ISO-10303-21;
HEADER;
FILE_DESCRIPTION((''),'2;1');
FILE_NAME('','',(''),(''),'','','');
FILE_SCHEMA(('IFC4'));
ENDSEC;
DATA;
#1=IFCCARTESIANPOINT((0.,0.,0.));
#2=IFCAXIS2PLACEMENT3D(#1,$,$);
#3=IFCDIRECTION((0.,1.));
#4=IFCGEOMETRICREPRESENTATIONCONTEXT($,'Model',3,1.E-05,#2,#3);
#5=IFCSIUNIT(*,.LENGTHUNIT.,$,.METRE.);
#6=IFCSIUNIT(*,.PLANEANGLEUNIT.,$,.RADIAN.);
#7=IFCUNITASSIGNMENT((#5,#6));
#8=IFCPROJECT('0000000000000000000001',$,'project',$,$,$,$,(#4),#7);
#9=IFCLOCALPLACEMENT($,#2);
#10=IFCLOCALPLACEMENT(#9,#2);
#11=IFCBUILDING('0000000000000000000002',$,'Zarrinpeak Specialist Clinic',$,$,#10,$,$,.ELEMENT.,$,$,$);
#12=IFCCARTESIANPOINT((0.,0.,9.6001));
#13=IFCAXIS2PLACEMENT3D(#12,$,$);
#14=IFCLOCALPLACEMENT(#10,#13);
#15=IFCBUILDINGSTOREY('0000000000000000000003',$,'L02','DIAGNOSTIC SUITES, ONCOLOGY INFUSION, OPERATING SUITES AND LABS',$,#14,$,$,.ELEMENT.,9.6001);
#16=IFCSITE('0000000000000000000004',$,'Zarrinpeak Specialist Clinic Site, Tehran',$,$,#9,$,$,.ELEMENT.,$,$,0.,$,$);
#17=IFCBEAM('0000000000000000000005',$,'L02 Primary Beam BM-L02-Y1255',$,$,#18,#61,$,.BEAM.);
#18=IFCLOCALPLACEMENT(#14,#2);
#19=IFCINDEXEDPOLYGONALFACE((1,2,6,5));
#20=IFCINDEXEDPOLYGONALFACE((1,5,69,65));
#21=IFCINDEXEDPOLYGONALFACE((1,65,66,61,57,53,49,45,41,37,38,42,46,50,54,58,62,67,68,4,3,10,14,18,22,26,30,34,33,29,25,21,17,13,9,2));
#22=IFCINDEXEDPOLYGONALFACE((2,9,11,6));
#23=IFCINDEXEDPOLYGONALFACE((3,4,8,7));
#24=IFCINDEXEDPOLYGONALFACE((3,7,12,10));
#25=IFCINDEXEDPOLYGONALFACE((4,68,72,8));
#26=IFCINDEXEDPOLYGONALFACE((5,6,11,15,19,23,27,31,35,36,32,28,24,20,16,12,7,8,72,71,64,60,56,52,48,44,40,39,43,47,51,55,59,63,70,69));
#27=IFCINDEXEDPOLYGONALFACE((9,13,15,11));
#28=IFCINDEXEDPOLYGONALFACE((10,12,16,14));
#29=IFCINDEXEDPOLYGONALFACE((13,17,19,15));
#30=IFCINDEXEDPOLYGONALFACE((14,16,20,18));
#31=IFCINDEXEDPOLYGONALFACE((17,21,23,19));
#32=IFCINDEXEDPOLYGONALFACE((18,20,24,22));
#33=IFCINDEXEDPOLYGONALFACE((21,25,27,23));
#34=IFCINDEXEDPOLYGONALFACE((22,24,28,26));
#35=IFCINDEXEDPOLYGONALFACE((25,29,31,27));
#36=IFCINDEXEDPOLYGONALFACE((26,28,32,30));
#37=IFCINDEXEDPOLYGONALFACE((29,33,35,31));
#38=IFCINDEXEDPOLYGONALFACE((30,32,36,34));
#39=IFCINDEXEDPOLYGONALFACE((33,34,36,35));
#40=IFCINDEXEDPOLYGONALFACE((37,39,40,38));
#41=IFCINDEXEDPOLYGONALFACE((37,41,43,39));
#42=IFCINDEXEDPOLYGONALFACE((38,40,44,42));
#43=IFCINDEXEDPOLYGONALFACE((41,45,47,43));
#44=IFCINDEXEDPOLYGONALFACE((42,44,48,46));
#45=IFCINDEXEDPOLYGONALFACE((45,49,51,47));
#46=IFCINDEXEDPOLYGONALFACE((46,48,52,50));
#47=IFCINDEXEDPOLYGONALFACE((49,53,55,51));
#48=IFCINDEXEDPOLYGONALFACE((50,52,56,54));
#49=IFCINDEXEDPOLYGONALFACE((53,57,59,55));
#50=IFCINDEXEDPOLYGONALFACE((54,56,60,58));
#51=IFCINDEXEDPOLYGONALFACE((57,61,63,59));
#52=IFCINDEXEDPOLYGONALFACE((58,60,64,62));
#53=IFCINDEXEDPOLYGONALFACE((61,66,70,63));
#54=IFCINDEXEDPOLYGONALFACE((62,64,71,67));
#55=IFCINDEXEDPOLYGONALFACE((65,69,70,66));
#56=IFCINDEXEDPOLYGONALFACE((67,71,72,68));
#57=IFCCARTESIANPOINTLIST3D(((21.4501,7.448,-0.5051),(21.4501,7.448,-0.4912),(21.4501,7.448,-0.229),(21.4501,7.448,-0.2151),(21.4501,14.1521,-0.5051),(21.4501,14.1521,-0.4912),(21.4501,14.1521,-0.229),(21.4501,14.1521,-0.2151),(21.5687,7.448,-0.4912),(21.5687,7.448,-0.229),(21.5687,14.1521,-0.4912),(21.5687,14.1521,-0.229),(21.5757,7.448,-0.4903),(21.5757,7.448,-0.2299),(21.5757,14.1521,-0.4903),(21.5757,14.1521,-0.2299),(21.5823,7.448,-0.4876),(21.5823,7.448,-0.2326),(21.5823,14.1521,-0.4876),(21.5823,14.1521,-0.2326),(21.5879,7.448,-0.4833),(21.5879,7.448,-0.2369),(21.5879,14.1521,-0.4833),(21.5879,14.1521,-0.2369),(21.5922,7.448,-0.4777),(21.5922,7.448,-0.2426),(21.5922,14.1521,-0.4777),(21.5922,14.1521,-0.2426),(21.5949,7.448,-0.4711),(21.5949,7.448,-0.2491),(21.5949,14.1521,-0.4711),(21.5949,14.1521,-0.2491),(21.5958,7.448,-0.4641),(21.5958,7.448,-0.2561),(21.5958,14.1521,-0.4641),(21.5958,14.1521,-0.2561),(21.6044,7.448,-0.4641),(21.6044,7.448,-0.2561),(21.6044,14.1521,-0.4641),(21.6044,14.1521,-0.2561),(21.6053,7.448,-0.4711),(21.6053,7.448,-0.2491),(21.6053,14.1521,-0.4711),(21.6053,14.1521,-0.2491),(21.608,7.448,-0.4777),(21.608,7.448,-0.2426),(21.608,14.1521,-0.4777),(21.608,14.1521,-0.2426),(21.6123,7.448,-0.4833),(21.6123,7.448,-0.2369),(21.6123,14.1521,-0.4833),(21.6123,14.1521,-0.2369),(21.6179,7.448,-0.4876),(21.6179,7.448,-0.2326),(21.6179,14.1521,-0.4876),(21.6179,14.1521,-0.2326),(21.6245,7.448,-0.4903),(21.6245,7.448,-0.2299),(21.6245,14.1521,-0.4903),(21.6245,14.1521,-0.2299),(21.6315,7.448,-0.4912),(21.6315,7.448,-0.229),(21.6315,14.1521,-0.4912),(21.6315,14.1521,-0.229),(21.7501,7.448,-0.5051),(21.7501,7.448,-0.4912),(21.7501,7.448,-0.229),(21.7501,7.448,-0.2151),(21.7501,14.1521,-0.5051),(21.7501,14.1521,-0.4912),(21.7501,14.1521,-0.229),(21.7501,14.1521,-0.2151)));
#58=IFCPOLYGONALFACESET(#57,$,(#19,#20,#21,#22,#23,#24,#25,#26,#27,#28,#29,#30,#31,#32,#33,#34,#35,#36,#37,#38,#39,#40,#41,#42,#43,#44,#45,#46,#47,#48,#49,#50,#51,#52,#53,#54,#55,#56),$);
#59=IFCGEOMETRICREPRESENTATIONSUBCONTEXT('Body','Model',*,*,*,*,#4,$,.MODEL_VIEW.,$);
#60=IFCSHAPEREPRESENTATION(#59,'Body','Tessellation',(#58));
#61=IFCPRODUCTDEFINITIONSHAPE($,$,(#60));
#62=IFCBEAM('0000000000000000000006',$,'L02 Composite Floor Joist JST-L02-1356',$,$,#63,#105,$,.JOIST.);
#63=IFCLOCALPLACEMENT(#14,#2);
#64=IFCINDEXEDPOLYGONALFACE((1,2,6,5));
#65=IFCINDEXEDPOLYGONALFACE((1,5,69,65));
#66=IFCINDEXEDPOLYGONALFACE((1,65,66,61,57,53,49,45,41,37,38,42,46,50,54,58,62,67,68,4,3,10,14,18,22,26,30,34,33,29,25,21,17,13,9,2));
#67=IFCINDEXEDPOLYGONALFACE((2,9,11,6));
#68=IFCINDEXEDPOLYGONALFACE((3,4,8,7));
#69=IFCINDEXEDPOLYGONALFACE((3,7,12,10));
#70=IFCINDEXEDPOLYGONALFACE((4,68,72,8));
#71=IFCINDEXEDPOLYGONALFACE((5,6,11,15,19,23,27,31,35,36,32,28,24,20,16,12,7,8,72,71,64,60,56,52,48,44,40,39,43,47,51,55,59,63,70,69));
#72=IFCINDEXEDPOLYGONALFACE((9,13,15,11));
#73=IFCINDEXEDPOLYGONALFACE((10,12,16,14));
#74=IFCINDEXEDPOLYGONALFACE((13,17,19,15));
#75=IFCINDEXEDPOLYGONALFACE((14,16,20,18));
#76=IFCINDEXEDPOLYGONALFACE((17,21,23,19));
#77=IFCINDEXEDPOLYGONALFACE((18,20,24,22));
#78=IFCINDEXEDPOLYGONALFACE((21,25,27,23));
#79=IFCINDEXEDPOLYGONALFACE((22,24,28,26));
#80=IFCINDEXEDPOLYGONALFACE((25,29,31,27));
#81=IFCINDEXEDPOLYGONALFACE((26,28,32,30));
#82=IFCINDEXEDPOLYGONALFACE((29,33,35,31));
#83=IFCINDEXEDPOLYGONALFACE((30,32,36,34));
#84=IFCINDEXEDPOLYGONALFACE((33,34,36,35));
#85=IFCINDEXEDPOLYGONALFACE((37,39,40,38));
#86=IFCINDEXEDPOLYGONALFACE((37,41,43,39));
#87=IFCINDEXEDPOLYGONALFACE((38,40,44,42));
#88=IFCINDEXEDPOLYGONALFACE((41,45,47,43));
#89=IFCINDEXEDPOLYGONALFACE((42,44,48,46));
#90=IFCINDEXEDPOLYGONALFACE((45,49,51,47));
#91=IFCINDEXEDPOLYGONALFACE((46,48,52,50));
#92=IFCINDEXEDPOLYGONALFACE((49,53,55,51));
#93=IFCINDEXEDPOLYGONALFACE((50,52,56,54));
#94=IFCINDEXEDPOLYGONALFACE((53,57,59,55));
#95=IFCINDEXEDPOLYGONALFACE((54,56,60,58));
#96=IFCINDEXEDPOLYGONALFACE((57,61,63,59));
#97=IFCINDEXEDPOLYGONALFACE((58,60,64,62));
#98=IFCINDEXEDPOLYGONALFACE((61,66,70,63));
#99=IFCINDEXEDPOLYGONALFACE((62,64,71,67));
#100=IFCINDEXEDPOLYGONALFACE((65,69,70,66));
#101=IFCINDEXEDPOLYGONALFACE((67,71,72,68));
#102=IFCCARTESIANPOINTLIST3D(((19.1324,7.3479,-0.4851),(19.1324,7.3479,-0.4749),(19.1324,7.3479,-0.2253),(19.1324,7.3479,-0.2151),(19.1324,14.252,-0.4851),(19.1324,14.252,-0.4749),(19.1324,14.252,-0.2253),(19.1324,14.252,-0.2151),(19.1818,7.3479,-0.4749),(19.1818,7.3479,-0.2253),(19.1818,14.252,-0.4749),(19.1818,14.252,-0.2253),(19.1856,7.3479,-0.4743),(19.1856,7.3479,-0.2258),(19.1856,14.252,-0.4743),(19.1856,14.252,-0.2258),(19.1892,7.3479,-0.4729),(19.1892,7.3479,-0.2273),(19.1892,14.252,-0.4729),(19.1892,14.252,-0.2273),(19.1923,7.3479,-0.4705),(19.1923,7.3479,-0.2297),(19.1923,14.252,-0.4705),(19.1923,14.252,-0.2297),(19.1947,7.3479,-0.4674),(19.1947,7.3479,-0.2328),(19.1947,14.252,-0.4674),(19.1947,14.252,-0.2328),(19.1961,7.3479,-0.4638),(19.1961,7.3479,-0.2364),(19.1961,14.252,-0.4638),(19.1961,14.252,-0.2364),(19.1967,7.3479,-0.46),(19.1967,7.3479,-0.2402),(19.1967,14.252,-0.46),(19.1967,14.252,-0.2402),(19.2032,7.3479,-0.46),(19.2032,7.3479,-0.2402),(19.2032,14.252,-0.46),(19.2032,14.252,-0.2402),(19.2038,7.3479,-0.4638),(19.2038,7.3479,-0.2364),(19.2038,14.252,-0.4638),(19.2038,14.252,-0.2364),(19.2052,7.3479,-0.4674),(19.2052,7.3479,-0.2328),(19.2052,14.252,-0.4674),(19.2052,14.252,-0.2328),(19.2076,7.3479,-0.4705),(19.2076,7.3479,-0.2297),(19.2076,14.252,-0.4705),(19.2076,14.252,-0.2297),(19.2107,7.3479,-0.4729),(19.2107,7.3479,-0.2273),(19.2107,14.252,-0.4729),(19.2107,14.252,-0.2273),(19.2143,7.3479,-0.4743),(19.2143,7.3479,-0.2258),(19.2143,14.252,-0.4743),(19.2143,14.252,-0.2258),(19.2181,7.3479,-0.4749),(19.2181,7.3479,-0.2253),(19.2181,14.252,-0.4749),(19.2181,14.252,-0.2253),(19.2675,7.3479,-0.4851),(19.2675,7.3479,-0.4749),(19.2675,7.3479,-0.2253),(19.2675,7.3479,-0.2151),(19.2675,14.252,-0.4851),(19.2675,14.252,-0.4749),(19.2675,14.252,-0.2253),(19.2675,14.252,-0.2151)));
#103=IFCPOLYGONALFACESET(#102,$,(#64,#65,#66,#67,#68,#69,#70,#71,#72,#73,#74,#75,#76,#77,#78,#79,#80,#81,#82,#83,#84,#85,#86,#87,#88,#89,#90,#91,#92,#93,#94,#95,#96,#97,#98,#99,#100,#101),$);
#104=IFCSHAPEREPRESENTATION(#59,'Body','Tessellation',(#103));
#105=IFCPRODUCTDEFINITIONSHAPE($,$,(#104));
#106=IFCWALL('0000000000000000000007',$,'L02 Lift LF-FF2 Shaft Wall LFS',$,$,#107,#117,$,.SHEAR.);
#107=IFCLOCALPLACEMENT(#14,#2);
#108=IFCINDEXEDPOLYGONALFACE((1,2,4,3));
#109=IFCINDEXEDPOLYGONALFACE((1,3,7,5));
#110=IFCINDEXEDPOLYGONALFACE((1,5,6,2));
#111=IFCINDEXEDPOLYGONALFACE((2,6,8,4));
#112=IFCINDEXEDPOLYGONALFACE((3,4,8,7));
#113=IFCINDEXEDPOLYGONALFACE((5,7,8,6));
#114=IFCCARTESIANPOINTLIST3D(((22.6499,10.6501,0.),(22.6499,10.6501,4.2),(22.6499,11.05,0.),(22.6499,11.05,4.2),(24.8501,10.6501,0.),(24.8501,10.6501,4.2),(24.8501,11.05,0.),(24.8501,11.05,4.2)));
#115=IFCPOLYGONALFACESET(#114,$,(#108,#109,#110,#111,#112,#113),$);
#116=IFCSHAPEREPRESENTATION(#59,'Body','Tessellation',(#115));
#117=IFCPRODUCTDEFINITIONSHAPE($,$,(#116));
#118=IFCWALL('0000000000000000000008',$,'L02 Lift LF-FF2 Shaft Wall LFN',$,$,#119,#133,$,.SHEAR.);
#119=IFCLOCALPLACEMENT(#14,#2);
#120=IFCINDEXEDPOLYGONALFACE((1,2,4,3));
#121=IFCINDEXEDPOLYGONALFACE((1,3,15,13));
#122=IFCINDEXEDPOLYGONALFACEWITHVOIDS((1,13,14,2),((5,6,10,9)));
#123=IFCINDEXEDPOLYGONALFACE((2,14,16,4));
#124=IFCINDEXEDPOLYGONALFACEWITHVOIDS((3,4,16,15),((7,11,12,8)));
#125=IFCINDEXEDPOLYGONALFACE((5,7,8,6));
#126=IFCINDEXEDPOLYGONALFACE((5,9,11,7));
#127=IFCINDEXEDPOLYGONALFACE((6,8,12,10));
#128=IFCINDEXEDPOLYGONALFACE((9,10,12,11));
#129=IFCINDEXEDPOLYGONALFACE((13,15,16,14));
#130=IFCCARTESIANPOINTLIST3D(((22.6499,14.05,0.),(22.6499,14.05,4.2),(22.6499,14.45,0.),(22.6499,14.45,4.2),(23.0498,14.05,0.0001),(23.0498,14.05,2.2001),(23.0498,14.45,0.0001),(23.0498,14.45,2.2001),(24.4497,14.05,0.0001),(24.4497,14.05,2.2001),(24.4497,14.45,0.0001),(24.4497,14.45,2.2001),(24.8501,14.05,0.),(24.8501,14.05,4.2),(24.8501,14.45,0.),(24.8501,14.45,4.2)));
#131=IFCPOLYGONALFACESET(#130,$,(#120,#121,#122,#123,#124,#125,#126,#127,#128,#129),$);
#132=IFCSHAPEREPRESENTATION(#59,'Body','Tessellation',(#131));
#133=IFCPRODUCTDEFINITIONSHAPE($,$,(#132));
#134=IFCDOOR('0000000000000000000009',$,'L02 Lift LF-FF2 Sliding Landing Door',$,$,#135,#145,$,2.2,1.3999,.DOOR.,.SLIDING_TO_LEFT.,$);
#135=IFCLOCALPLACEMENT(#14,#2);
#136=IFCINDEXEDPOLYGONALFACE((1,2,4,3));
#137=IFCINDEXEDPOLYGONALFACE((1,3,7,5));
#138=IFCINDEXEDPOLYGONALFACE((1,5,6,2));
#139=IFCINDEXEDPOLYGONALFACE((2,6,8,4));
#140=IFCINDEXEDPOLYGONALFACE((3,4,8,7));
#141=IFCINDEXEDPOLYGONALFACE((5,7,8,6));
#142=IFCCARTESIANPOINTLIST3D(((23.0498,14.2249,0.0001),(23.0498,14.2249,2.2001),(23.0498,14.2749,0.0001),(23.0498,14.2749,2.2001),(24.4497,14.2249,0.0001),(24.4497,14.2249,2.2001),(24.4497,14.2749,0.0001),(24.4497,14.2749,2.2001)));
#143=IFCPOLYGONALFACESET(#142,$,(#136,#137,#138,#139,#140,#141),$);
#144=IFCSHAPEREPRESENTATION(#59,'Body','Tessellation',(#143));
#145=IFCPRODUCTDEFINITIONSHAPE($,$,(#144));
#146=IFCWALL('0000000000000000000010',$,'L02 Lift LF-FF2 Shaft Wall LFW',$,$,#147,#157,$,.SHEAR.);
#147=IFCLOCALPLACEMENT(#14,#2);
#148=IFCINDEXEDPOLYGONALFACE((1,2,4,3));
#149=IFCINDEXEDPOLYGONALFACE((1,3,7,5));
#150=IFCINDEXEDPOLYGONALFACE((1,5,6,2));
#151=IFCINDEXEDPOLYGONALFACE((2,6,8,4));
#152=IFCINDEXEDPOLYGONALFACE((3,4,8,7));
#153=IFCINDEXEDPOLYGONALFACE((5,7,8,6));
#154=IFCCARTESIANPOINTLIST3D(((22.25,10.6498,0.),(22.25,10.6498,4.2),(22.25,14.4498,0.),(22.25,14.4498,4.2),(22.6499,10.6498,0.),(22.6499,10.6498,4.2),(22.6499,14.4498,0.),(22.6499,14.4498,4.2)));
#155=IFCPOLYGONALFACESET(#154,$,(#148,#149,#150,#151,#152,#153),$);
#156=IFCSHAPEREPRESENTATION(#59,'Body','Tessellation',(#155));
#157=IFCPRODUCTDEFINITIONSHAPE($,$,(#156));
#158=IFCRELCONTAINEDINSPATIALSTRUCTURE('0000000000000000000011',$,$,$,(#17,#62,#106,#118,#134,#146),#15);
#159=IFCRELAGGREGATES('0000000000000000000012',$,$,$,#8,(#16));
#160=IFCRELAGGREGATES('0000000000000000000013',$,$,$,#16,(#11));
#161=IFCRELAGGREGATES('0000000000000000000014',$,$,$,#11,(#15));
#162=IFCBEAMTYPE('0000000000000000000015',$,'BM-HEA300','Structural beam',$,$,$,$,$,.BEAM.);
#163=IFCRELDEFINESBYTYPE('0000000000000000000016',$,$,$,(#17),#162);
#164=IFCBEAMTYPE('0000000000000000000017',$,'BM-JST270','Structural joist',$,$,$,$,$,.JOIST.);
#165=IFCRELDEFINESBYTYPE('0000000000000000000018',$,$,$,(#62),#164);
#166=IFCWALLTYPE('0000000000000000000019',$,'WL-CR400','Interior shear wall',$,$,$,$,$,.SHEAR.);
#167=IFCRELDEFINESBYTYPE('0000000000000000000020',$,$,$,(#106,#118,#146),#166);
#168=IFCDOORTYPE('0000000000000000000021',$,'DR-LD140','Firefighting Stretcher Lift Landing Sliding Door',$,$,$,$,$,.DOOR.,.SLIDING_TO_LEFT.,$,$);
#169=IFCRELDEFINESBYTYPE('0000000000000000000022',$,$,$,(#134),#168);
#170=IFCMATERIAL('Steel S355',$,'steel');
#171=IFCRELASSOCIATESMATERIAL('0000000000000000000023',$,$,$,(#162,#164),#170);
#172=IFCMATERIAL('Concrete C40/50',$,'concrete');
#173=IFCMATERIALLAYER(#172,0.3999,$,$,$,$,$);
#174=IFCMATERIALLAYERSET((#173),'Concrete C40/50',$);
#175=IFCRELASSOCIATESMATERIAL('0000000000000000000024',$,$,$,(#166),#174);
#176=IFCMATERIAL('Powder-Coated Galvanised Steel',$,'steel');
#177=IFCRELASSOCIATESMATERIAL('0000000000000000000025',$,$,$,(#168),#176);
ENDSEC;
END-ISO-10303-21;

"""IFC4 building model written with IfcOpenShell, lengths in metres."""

from ifc_helpers import new_model, si_unit, direction, frame, frame_2d, origin, origin_2d, place, context, subcontext, project, spatial, rectangle, i_section, extrude, material, layer, layer_set, material_profile, profile_set, type_object, element, fill, save


model = new_model("IFC4")

# Units and contexts
model_context = context("Model", 3, precision=1e-05, world=origin(), true_north=direction((0.0, 1.0)))
body_context = subcontext(model_context, "Body", "Model", "MODEL_VIEW")
ifc_project = project(units=[si_unit("LENGTHUNIT", "METRE"), si_unit("PLANEANGLEUNIT", "RADIAN")], contexts=[model_context])

# Site, building, storey
site_placement = place(None, origin())
site = spatial("IfcSite", under=ifc_project, at=site_placement, Name="Zarrinpeak Specialist Clinic Site, Tehran", CompositionType="ELEMENT", RefElevation=0.0)
building_placement = place(site_placement, origin())
building = spatial("IfcBuilding", under=site, at=building_placement, Name="Zarrinpeak Specialist Clinic", CompositionType="ELEMENT")
storey_placement = place(building_placement, frame((0.0, 0.0, 9.6001)))
storey = spatial("IfcBuildingStorey", under=building, at=storey_placement, Name="L02", Description="DIAGNOSTIC SUITES, ONCOLOGY INFUSION, OPERATING SUITES AND LABS", CompositionType="ELEMENT", Elevation=9.6001)

# Shared definitions
ifc_material_1 = material(Name="Steel S355", Category="steel")

# Beams
ifc_material_profile_1 = material_profile(ifc_material_1, i_section(OverallWidth=0.3, OverallDepth=0.29, WebThickness=0.0085, FlangeThickness=0.0139, FilletRadius=0.0271, at=origin_2d()), Name="HEA 300")
ifc_profile_set_1 = profile_set([ifc_material_profile_1], Name="Steel S355")
beam_type_1 = type_object("IfcBeamType", Name="BM-HEA300", Description="Structural beam", PredefinedType="BEAM", material=ifc_profile_set_1)
for number, where, z_axis, x_axis, name in (
    (1, (21.6001, 7.448, -0.3601), (0.0, 1.0, 0.0), (-1.0, 0.0, 0.0), "L02 Primary Beam BM-L02-Y1255"),
):
    element("IfcBeam", number, at=place(storey_placement, frame(where, z_axis=z_axis, x_axis=x_axis)), inside=storey, type_object=beam_type_1, Name=name, PredefinedType="BEAM", context=body_context, shape_type="SweptSolid", body=[
        extrude(i_section(OverallWidth=0.3, OverallDepth=0.29, WebThickness=0.0085, FlangeThickness=0.0139, FilletRadius=0.0271, at=origin_2d()), origin(), (0.0, 0.0, 1.0), 6.7041),
    ])
ifc_material_profile_2 = material_profile(ifc_material_1, i_section(OverallWidth=0.135, OverallDepth=0.27, WebThickness=0.0066, FlangeThickness=0.0103, FilletRadius=0.0149, at=origin_2d()), Name="IPE 270")
ifc_profile_set_2 = profile_set([ifc_material_profile_2], Name="Steel S355")
beam_type_2 = type_object("IfcBeamType", Name="BM-JST270", Description="Structural joist", PredefinedType="JOIST", material=ifc_profile_set_2)
beam_1_placement = place(storey_placement, frame((19.2, 7.3479, -0.3501), z_axis=(0.0, 1.0, 0.0), x_axis=(-1.0, 0.0, 0.0)))
element("IfcBeam", 2, at=beam_1_placement, inside=storey, type_object=beam_type_2, Name="L02 Composite Floor Joist JST-L02-1356", PredefinedType="JOIST", context=body_context, shape_type="SweptSolid", body=[
    extrude(i_section(OverallWidth=0.135, OverallDepth=0.27, WebThickness=0.0066, FlangeThickness=0.0103, FilletRadius=0.0149, at=origin_2d()), origin(), (0.0, 0.0, 1.0), 6.9041),
])

# Shared definitions
ifc_material_2 = material(Name="Concrete C40/50", Category="concrete")
ifc_layer_1 = layer(ifc_material_2, 0.3999)
ifc_layer_set_1 = layer_set([ifc_layer_1], Name="Concrete C40/50")
wall_type = type_object("IfcWallType", Name="WL-CR400", Description="Interior shear wall", PredefinedType="SHEAR", material=ifc_layer_set_1)
ifc_material_3 = material(Name="Powder-Coated Galvanised Steel", Category="steel")

# Wall
wall_1_placement = place(storey_placement, frame((22.6499, 10.8501, 0.0), z_axis=(0.0, 0.0, 1.0), x_axis=(1.0, 0.0, 0.0)))
element("IfcWall", 3, at=wall_1_placement, inside=storey, type_object=wall_type, Name="L02 Lift LF-FF2 Shaft Wall LFS", PredefinedType="SHEAR", context=body_context, shape_type="SweptSolid", body=[
    extrude(rectangle(XDim=2.2002, YDim=0.3999, at=frame_2d((1.1001, 0.0))), origin(), (0.0, 0.0, 1.0), 4.2),
])

# Wall, opening, door
wall_2_placement = place(storey_placement, frame((22.6499, 14.25, 0.0), z_axis=(0.0, 0.0, 1.0), x_axis=(1.0, 0.0, 0.0)))
wall_2 = element("IfcWall", 4, at=wall_2_placement, inside=storey, type_object=wall_type, Name="L02 Lift LF-FF2 Shaft Wall LFN", PredefinedType="SHEAR", context=body_context, shape_type="SweptSolid", body=[
    extrude(rectangle(XDim=2.2002, YDim=0.3999, at=frame_2d((1.1001, 0.0))), origin(), (0.0, 0.0, 1.0), 4.2),
])
opening_1_placement = place(wall_2_placement, frame((0.3999, 0.0, 0.0)))
opening_1 = element("IfcOpeningElement", 5, at=opening_1_placement, cuts=wall_2, PredefinedType="OPENING", context=body_context, shape_type="SweptSolid", body=[
    extrude(rectangle(XDim=1.3999, YDim=2.2, at=frame_2d((0.7, 1.1001))), frame((0.0, 0.21, 0.0), z_axis=(0.0, -1.0, 0.0), x_axis=(1.0, 0.0, 0.0)), (0.0, 0.0, 1.0), 0.4199),
])
door_type_1 = type_object("IfcDoorType", Name="DR-LD140", Description="Firefighting Stretcher Lift Landing Sliding Door", OperationType="SLIDING_TO_LEFT", PredefinedType="DOOR", material=ifc_material_3)
door_1_placement = place(opening_1_placement, origin())
door_1 = element("IfcDoor", 6, at=door_1_placement, inside=storey, type_object=door_type_1, Name="L02 Lift LF-FF2 Sliding Landing Door", OperationType="SLIDING_TO_LEFT", OverallHeight=2.2, OverallWidth=1.3999, PredefinedType="DOOR", context=body_context, shape_type="SweptSolid", body=[
    extrude(rectangle(XDim=1.3999, YDim=2.2, at=frame_2d((0.7, 1.1001))), frame((0.0, 0.0249, 0.0), z_axis=(0.0, -1.0, 0.0), x_axis=(1.0, 0.0, 0.0)), (0.0, 0.0, 1.0), 0.05),
])
fill(opening_1, door_1)

# Wall
wall_3_placement = place(storey_placement, frame((22.45, 10.6499, 0.0), z_axis=(0.0, 0.0, 1.0), x_axis=(0.0, 1.0, 0.0)))
element("IfcWall", 7, at=wall_3_placement, inside=storey, type_object=wall_type, Name="L02 Lift LF-FF2 Shaft Wall LFW", PredefinedType="SHEAR", context=body_context, shape_type="SweptSolid", body=[
    extrude(rectangle(XDim=3.8, YDim=0.3999, at=frame_2d((1.8999, 0.0))), origin(), (0.0, 0.0, 1.0), 4.2),
])

save(model, "model.ifc")
